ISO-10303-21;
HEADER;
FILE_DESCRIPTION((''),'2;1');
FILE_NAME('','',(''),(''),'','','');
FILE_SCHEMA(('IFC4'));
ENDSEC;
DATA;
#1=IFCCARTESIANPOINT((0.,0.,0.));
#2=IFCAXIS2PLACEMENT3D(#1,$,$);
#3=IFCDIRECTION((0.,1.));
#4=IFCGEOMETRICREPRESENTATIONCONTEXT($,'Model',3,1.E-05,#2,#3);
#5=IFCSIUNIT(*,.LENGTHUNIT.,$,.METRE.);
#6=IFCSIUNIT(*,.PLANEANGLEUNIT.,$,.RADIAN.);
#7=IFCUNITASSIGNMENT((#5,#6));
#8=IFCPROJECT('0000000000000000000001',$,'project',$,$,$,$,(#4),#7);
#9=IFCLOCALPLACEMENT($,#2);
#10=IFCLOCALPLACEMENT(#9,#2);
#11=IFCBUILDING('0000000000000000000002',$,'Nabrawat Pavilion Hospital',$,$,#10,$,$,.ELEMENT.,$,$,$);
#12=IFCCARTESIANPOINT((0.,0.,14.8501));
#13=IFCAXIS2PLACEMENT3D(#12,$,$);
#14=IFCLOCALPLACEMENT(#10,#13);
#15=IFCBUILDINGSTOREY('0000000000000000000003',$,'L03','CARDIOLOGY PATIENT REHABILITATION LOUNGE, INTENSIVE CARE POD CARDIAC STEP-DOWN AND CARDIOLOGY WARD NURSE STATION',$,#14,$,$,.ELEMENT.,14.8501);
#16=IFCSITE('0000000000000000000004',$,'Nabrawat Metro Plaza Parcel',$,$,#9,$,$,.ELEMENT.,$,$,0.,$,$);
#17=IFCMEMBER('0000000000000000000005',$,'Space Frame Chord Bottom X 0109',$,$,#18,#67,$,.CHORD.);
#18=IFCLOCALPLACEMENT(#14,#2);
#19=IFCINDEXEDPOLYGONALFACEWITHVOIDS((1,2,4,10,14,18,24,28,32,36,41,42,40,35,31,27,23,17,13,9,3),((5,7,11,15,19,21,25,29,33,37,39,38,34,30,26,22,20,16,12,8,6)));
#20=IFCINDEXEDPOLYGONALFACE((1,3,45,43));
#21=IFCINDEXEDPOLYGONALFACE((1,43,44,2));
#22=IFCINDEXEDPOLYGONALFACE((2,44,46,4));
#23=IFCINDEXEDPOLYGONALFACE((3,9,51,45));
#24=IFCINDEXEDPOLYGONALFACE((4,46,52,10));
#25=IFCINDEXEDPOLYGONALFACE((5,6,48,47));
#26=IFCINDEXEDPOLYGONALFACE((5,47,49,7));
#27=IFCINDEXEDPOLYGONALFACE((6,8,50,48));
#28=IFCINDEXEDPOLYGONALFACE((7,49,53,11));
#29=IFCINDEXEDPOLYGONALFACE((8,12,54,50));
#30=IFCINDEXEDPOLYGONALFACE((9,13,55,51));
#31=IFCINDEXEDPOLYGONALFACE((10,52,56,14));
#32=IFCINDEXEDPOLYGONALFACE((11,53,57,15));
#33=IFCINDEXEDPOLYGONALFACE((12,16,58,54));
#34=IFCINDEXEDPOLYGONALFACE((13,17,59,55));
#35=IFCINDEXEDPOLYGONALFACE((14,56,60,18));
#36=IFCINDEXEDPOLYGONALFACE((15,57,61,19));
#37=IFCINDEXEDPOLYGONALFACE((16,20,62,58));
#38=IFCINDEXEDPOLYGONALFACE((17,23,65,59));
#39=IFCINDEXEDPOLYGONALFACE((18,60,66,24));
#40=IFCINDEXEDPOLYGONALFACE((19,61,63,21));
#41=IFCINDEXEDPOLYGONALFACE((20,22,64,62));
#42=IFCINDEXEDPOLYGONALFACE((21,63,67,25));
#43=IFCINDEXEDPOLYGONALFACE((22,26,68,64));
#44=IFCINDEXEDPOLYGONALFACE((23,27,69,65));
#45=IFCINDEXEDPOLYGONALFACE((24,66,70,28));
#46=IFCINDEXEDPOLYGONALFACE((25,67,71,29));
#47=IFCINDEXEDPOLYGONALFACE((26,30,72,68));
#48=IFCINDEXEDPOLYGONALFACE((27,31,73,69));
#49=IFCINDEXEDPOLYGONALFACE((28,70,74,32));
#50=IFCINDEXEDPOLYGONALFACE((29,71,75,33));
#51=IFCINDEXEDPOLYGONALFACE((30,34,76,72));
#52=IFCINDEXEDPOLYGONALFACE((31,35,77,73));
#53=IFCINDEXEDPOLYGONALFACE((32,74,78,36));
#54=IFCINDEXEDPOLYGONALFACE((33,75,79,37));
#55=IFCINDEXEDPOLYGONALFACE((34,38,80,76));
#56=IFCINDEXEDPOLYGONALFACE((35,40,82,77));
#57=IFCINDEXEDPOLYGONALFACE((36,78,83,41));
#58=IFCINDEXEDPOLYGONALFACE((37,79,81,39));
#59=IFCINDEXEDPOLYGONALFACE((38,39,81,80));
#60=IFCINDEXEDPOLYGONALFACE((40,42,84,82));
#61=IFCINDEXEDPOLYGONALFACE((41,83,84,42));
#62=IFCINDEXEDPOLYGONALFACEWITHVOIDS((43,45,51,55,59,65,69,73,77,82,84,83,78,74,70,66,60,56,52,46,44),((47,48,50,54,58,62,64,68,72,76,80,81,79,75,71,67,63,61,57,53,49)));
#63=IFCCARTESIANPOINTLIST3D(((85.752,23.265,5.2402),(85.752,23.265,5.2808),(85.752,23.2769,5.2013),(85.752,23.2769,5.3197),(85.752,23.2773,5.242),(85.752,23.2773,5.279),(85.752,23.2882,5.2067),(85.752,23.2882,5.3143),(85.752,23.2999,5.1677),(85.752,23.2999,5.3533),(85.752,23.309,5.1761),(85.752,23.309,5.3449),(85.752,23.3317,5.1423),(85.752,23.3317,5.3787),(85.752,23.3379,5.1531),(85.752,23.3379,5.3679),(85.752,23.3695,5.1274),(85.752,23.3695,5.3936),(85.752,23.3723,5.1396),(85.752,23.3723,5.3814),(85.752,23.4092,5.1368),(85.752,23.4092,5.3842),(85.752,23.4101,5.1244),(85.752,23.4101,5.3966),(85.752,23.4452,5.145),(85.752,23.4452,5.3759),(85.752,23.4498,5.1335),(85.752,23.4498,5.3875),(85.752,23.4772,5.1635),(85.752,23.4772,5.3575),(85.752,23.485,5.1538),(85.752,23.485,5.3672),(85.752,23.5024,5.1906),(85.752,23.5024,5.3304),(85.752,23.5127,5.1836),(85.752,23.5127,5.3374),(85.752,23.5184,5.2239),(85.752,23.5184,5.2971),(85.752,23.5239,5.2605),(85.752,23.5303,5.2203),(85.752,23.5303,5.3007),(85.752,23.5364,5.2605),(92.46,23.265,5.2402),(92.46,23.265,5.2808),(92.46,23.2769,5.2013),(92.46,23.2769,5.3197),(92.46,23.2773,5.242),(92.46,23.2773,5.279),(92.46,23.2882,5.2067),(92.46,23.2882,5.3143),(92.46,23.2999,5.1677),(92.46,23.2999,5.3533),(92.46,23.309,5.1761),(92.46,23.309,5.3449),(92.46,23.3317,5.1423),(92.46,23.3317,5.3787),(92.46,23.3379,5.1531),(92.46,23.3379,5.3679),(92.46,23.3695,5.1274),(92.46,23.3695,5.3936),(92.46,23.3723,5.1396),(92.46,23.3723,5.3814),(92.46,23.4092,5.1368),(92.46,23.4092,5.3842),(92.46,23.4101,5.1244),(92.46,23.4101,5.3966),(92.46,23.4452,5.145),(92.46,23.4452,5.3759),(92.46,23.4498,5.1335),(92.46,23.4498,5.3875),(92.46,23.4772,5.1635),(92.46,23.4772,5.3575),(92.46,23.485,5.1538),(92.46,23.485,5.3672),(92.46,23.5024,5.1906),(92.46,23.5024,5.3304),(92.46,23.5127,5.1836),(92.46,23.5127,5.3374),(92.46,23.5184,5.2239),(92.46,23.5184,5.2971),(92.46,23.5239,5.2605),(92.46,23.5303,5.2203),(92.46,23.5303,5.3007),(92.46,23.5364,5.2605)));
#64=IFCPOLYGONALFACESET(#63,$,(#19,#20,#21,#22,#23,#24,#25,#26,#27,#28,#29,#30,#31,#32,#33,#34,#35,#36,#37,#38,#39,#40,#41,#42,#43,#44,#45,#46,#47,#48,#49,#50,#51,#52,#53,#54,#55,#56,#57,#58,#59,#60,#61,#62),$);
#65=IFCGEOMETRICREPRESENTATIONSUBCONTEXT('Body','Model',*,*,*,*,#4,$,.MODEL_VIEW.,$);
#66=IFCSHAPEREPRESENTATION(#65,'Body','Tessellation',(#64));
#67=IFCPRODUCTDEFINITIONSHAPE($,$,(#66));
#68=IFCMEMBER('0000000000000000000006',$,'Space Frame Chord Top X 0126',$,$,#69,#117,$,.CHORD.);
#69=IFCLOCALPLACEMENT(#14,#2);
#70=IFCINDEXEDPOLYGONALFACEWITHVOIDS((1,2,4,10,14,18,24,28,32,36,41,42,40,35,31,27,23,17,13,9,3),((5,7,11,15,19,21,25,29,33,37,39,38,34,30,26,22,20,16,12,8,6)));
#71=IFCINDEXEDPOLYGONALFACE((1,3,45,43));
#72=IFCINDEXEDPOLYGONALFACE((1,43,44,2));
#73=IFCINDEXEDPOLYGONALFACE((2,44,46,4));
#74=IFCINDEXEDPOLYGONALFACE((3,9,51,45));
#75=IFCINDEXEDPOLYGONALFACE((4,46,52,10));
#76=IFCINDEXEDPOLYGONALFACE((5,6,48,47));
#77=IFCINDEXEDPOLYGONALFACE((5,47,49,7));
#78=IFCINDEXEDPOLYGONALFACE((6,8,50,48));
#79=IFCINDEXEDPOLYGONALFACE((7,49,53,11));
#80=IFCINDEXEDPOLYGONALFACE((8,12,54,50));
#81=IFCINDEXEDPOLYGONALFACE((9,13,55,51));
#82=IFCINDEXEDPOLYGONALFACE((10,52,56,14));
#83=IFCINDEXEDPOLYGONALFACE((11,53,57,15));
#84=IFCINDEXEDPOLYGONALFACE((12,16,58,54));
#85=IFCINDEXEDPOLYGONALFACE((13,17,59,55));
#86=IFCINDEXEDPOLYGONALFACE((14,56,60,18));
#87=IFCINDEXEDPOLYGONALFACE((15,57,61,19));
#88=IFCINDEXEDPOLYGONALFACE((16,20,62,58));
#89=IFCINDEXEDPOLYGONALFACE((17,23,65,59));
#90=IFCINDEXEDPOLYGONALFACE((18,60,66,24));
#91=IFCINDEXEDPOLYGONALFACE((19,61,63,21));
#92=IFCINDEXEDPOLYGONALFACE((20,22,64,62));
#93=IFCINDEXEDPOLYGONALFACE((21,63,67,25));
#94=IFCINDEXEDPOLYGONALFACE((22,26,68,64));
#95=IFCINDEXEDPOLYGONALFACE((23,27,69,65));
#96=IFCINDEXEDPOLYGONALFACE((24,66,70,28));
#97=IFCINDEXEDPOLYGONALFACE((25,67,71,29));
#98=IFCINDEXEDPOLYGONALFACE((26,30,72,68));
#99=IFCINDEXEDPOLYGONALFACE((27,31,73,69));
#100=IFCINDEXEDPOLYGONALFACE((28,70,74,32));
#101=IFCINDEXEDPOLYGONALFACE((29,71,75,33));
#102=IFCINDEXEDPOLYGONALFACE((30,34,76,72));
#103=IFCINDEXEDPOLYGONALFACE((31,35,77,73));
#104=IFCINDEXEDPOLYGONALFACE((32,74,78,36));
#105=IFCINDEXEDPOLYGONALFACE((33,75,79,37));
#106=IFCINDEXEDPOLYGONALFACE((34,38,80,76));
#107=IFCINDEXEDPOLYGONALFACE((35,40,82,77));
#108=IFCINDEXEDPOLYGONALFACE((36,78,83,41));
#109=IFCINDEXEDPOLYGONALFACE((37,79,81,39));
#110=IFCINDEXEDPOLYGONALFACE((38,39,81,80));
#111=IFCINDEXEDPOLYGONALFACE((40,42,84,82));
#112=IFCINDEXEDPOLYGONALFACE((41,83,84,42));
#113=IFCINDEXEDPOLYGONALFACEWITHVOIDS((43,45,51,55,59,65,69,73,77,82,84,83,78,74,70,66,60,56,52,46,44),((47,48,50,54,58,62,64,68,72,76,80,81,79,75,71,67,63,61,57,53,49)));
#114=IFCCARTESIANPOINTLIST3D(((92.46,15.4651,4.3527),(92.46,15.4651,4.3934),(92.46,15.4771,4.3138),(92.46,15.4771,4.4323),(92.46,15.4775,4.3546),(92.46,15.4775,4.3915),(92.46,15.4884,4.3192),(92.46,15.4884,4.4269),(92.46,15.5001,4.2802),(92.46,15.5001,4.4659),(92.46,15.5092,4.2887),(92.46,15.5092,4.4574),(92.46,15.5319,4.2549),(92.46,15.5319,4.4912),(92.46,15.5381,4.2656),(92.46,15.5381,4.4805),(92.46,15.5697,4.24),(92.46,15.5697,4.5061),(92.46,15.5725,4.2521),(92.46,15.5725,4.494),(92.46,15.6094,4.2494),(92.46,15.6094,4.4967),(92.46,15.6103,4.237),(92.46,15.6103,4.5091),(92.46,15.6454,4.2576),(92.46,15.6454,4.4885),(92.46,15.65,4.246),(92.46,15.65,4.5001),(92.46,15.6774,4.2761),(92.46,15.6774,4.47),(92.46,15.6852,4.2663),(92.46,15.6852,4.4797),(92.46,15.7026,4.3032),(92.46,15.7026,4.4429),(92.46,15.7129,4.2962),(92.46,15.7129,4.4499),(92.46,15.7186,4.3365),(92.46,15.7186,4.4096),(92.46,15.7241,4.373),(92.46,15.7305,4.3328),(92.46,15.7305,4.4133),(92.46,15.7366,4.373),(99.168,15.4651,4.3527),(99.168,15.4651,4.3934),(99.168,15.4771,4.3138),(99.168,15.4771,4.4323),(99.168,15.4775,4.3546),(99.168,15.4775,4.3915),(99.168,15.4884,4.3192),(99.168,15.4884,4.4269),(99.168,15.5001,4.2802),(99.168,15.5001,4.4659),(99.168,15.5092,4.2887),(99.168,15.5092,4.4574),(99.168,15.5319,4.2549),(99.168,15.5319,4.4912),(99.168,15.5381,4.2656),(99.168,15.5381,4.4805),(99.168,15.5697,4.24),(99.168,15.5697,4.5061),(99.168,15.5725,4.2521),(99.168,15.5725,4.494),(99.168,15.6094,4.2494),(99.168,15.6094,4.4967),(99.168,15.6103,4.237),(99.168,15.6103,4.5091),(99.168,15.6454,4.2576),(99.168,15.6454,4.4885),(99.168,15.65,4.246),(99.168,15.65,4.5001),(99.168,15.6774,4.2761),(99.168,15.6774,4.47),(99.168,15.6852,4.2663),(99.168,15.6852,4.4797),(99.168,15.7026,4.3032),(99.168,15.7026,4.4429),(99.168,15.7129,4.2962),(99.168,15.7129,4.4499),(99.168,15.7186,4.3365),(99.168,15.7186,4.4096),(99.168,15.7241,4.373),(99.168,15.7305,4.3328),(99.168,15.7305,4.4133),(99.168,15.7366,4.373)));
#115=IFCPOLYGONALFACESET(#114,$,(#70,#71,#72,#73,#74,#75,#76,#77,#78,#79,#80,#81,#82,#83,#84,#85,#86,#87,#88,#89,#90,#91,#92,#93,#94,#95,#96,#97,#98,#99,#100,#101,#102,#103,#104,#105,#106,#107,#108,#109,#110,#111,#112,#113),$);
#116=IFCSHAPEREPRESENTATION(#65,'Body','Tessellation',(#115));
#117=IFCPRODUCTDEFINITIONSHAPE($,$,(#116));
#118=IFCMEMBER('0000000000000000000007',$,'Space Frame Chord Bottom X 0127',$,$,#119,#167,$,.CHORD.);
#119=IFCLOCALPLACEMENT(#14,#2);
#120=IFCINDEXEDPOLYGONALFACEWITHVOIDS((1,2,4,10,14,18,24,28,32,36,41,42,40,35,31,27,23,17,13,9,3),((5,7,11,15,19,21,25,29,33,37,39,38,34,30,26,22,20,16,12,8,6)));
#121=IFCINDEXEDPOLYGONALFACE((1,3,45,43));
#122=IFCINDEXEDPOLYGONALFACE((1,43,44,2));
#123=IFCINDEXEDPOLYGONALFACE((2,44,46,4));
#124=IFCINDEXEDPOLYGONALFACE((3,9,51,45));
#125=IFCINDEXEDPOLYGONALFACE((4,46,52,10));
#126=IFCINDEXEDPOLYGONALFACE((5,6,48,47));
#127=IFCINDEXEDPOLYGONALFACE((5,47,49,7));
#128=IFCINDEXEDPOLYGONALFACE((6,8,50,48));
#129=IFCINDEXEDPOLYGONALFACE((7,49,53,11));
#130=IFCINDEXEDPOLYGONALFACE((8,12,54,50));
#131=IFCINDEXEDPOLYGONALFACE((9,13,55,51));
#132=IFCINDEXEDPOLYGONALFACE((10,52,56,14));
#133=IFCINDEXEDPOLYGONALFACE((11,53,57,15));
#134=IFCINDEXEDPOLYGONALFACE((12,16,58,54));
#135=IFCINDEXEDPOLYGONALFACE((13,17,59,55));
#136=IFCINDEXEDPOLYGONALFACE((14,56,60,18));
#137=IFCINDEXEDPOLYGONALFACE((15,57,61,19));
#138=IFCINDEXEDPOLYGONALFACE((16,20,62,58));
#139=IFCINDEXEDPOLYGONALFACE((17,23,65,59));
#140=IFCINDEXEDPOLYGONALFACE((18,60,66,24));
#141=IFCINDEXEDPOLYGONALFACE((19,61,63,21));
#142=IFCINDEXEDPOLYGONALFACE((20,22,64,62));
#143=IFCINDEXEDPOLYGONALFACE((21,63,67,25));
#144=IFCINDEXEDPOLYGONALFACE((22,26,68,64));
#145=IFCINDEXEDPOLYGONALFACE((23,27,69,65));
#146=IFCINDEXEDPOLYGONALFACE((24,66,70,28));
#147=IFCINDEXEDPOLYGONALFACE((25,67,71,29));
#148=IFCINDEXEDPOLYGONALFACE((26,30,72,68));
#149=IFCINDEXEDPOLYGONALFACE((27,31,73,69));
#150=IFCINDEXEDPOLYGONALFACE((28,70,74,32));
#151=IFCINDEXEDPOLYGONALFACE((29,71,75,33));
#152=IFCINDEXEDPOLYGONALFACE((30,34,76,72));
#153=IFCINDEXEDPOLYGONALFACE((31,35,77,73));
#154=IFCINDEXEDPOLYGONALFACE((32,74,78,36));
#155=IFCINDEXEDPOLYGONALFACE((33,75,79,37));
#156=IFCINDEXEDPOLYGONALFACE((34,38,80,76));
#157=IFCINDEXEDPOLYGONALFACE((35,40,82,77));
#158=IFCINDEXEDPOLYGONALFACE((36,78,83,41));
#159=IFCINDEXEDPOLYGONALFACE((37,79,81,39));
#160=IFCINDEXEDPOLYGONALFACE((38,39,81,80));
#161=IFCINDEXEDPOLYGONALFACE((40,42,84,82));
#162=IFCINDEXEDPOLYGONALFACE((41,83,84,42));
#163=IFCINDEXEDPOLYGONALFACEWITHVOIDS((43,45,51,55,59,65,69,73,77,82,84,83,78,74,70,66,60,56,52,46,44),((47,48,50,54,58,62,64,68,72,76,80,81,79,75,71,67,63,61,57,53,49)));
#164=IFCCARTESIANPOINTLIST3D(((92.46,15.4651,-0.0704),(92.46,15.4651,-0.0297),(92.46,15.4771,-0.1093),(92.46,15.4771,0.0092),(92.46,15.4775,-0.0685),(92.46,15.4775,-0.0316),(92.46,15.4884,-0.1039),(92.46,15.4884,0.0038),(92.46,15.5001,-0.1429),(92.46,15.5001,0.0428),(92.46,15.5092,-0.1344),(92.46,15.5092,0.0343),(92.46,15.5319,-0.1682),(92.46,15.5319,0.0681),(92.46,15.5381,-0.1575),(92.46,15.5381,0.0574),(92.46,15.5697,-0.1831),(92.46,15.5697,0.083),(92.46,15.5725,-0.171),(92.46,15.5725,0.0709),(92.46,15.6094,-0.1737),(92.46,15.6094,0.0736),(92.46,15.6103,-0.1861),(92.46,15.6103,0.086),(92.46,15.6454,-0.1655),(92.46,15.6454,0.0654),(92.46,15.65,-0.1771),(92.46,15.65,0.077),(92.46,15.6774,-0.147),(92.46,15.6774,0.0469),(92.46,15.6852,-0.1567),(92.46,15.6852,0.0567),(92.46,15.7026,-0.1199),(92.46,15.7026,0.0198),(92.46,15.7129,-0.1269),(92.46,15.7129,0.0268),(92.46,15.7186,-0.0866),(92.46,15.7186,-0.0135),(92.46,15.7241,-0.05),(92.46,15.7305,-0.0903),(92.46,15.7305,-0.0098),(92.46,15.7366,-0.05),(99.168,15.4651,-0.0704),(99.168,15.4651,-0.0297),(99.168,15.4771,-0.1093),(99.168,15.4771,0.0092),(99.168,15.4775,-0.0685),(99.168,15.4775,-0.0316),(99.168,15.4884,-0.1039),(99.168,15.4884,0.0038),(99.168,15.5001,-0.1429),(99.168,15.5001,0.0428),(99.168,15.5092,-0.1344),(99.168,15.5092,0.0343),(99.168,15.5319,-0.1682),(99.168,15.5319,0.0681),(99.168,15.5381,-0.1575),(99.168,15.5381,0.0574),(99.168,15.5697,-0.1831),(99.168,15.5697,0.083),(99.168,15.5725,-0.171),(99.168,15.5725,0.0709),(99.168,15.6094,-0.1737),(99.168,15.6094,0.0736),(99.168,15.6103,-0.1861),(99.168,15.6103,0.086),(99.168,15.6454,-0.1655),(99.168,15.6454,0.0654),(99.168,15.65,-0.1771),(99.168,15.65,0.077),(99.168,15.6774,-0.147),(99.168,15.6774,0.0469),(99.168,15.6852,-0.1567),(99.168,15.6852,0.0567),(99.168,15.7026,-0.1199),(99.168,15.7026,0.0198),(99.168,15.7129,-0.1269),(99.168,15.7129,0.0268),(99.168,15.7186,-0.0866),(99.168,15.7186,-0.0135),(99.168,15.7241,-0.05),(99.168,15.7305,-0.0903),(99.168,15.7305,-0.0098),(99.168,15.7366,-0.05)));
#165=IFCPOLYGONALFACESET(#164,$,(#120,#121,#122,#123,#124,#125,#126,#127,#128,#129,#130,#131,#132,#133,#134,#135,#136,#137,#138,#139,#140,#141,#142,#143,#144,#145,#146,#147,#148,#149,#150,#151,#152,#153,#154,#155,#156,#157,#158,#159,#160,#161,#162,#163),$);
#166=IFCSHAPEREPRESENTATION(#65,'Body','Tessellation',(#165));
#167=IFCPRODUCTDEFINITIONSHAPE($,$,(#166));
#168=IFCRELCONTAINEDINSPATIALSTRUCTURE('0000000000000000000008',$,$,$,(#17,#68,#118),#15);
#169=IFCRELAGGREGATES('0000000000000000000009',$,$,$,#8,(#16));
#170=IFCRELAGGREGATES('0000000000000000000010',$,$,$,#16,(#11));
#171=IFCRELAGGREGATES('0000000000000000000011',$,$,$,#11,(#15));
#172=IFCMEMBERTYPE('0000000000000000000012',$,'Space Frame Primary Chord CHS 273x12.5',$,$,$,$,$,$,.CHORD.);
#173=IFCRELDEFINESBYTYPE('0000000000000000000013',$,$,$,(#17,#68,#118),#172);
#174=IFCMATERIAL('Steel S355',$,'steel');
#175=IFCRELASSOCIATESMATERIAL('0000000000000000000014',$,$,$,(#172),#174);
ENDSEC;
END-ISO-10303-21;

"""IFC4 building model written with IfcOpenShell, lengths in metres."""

from ifc_helpers import new_model, si_unit, direction, frame, origin, origin_2d, place, context, subcontext, project, spatial, hollow_circle, extrude, material, material_profile, profile_set, type_object, element, save


model = new_model("IFC4")

# Units and contexts
model_context = context("Model", 3, precision=1e-05, world=origin(), true_north=direction((0.0, 1.0)))
body_context = subcontext(model_context, "Body", "Model", "MODEL_VIEW")
ifc_project = project(units=[si_unit("LENGTHUNIT", "METRE"), si_unit("PLANEANGLEUNIT", "RADIAN")], contexts=[model_context])

# Site, building, storey
site_placement = place(None, origin())
site = spatial("IfcSite", under=ifc_project, at=site_placement, Name="Nabrawat Metro Plaza Parcel", CompositionType="ELEMENT", RefElevation=0.0)
building_placement = place(site_placement, origin())
building = spatial("IfcBuilding", under=site, at=building_placement, Name="Nabrawat Pavilion Hospital", CompositionType="ELEMENT")
storey_placement = place(building_placement, frame((0.0, 0.0, 14.8501)))
storey = spatial("IfcBuildingStorey", under=building, at=storey_placement, Name="L03", Description="CARDIOLOGY PATIENT REHABILITATION LOUNGE, INTENSIVE CARE POD CARDIAC STEP-DOWN AND CARDIOLOGY WARD NURSE STATION", CompositionType="ELEMENT", Elevation=14.8501)

# Shared definitions
ifc_material = material(Name="Steel S355", Category="steel")

# Members
ifc_material_profile_1 = material_profile(ifc_material, hollow_circle(Radius=0.1365, WallThickness=0.0125, at=origin_2d()), Name="CHS 273x12.5")
ifc_profile_set_1 = profile_set([ifc_material_profile_1], Name="Steel S355")
member_type_1 = type_object("IfcMemberType", Name="Space Frame Primary Chord CHS 273x12.5", PredefinedType="CHORD", material=ifc_profile_set_1)
for number, where, z_axis, x_axis, name in (
    (1, (85.752, 23.3999, 5.2605), (1.0, 0.0, 0.0), (0.0, 1.0, 0.0), "Space Frame Chord Bottom X 0109"),
    (2, (92.46, 15.6001, 4.373), (1.0, 0.0, 0.0), (0.0, 1.0, 0.0), "Space Frame Chord Top X 0126"),
    (3, (92.46, 15.6001, -0.05), (1.0, 0.0, 0.0), (0.0, 1.0, 0.0), "Space Frame Chord Bottom X 0127"),
):
    element("IfcMember", number, at=place(storey_placement, frame(where, z_axis=z_axis, x_axis=x_axis)), inside=storey, type_object=member_type_1, Name=name, PredefinedType="CHORD", context=body_context, shape_type="SweptSolid", body=[
        extrude(hollow_circle(Radius=0.1365, WallThickness=0.0125, at=origin_2d()), origin(), (0.0, 0.0, 1.0), 6.708),
    ])

save(model, "model.ifc")
